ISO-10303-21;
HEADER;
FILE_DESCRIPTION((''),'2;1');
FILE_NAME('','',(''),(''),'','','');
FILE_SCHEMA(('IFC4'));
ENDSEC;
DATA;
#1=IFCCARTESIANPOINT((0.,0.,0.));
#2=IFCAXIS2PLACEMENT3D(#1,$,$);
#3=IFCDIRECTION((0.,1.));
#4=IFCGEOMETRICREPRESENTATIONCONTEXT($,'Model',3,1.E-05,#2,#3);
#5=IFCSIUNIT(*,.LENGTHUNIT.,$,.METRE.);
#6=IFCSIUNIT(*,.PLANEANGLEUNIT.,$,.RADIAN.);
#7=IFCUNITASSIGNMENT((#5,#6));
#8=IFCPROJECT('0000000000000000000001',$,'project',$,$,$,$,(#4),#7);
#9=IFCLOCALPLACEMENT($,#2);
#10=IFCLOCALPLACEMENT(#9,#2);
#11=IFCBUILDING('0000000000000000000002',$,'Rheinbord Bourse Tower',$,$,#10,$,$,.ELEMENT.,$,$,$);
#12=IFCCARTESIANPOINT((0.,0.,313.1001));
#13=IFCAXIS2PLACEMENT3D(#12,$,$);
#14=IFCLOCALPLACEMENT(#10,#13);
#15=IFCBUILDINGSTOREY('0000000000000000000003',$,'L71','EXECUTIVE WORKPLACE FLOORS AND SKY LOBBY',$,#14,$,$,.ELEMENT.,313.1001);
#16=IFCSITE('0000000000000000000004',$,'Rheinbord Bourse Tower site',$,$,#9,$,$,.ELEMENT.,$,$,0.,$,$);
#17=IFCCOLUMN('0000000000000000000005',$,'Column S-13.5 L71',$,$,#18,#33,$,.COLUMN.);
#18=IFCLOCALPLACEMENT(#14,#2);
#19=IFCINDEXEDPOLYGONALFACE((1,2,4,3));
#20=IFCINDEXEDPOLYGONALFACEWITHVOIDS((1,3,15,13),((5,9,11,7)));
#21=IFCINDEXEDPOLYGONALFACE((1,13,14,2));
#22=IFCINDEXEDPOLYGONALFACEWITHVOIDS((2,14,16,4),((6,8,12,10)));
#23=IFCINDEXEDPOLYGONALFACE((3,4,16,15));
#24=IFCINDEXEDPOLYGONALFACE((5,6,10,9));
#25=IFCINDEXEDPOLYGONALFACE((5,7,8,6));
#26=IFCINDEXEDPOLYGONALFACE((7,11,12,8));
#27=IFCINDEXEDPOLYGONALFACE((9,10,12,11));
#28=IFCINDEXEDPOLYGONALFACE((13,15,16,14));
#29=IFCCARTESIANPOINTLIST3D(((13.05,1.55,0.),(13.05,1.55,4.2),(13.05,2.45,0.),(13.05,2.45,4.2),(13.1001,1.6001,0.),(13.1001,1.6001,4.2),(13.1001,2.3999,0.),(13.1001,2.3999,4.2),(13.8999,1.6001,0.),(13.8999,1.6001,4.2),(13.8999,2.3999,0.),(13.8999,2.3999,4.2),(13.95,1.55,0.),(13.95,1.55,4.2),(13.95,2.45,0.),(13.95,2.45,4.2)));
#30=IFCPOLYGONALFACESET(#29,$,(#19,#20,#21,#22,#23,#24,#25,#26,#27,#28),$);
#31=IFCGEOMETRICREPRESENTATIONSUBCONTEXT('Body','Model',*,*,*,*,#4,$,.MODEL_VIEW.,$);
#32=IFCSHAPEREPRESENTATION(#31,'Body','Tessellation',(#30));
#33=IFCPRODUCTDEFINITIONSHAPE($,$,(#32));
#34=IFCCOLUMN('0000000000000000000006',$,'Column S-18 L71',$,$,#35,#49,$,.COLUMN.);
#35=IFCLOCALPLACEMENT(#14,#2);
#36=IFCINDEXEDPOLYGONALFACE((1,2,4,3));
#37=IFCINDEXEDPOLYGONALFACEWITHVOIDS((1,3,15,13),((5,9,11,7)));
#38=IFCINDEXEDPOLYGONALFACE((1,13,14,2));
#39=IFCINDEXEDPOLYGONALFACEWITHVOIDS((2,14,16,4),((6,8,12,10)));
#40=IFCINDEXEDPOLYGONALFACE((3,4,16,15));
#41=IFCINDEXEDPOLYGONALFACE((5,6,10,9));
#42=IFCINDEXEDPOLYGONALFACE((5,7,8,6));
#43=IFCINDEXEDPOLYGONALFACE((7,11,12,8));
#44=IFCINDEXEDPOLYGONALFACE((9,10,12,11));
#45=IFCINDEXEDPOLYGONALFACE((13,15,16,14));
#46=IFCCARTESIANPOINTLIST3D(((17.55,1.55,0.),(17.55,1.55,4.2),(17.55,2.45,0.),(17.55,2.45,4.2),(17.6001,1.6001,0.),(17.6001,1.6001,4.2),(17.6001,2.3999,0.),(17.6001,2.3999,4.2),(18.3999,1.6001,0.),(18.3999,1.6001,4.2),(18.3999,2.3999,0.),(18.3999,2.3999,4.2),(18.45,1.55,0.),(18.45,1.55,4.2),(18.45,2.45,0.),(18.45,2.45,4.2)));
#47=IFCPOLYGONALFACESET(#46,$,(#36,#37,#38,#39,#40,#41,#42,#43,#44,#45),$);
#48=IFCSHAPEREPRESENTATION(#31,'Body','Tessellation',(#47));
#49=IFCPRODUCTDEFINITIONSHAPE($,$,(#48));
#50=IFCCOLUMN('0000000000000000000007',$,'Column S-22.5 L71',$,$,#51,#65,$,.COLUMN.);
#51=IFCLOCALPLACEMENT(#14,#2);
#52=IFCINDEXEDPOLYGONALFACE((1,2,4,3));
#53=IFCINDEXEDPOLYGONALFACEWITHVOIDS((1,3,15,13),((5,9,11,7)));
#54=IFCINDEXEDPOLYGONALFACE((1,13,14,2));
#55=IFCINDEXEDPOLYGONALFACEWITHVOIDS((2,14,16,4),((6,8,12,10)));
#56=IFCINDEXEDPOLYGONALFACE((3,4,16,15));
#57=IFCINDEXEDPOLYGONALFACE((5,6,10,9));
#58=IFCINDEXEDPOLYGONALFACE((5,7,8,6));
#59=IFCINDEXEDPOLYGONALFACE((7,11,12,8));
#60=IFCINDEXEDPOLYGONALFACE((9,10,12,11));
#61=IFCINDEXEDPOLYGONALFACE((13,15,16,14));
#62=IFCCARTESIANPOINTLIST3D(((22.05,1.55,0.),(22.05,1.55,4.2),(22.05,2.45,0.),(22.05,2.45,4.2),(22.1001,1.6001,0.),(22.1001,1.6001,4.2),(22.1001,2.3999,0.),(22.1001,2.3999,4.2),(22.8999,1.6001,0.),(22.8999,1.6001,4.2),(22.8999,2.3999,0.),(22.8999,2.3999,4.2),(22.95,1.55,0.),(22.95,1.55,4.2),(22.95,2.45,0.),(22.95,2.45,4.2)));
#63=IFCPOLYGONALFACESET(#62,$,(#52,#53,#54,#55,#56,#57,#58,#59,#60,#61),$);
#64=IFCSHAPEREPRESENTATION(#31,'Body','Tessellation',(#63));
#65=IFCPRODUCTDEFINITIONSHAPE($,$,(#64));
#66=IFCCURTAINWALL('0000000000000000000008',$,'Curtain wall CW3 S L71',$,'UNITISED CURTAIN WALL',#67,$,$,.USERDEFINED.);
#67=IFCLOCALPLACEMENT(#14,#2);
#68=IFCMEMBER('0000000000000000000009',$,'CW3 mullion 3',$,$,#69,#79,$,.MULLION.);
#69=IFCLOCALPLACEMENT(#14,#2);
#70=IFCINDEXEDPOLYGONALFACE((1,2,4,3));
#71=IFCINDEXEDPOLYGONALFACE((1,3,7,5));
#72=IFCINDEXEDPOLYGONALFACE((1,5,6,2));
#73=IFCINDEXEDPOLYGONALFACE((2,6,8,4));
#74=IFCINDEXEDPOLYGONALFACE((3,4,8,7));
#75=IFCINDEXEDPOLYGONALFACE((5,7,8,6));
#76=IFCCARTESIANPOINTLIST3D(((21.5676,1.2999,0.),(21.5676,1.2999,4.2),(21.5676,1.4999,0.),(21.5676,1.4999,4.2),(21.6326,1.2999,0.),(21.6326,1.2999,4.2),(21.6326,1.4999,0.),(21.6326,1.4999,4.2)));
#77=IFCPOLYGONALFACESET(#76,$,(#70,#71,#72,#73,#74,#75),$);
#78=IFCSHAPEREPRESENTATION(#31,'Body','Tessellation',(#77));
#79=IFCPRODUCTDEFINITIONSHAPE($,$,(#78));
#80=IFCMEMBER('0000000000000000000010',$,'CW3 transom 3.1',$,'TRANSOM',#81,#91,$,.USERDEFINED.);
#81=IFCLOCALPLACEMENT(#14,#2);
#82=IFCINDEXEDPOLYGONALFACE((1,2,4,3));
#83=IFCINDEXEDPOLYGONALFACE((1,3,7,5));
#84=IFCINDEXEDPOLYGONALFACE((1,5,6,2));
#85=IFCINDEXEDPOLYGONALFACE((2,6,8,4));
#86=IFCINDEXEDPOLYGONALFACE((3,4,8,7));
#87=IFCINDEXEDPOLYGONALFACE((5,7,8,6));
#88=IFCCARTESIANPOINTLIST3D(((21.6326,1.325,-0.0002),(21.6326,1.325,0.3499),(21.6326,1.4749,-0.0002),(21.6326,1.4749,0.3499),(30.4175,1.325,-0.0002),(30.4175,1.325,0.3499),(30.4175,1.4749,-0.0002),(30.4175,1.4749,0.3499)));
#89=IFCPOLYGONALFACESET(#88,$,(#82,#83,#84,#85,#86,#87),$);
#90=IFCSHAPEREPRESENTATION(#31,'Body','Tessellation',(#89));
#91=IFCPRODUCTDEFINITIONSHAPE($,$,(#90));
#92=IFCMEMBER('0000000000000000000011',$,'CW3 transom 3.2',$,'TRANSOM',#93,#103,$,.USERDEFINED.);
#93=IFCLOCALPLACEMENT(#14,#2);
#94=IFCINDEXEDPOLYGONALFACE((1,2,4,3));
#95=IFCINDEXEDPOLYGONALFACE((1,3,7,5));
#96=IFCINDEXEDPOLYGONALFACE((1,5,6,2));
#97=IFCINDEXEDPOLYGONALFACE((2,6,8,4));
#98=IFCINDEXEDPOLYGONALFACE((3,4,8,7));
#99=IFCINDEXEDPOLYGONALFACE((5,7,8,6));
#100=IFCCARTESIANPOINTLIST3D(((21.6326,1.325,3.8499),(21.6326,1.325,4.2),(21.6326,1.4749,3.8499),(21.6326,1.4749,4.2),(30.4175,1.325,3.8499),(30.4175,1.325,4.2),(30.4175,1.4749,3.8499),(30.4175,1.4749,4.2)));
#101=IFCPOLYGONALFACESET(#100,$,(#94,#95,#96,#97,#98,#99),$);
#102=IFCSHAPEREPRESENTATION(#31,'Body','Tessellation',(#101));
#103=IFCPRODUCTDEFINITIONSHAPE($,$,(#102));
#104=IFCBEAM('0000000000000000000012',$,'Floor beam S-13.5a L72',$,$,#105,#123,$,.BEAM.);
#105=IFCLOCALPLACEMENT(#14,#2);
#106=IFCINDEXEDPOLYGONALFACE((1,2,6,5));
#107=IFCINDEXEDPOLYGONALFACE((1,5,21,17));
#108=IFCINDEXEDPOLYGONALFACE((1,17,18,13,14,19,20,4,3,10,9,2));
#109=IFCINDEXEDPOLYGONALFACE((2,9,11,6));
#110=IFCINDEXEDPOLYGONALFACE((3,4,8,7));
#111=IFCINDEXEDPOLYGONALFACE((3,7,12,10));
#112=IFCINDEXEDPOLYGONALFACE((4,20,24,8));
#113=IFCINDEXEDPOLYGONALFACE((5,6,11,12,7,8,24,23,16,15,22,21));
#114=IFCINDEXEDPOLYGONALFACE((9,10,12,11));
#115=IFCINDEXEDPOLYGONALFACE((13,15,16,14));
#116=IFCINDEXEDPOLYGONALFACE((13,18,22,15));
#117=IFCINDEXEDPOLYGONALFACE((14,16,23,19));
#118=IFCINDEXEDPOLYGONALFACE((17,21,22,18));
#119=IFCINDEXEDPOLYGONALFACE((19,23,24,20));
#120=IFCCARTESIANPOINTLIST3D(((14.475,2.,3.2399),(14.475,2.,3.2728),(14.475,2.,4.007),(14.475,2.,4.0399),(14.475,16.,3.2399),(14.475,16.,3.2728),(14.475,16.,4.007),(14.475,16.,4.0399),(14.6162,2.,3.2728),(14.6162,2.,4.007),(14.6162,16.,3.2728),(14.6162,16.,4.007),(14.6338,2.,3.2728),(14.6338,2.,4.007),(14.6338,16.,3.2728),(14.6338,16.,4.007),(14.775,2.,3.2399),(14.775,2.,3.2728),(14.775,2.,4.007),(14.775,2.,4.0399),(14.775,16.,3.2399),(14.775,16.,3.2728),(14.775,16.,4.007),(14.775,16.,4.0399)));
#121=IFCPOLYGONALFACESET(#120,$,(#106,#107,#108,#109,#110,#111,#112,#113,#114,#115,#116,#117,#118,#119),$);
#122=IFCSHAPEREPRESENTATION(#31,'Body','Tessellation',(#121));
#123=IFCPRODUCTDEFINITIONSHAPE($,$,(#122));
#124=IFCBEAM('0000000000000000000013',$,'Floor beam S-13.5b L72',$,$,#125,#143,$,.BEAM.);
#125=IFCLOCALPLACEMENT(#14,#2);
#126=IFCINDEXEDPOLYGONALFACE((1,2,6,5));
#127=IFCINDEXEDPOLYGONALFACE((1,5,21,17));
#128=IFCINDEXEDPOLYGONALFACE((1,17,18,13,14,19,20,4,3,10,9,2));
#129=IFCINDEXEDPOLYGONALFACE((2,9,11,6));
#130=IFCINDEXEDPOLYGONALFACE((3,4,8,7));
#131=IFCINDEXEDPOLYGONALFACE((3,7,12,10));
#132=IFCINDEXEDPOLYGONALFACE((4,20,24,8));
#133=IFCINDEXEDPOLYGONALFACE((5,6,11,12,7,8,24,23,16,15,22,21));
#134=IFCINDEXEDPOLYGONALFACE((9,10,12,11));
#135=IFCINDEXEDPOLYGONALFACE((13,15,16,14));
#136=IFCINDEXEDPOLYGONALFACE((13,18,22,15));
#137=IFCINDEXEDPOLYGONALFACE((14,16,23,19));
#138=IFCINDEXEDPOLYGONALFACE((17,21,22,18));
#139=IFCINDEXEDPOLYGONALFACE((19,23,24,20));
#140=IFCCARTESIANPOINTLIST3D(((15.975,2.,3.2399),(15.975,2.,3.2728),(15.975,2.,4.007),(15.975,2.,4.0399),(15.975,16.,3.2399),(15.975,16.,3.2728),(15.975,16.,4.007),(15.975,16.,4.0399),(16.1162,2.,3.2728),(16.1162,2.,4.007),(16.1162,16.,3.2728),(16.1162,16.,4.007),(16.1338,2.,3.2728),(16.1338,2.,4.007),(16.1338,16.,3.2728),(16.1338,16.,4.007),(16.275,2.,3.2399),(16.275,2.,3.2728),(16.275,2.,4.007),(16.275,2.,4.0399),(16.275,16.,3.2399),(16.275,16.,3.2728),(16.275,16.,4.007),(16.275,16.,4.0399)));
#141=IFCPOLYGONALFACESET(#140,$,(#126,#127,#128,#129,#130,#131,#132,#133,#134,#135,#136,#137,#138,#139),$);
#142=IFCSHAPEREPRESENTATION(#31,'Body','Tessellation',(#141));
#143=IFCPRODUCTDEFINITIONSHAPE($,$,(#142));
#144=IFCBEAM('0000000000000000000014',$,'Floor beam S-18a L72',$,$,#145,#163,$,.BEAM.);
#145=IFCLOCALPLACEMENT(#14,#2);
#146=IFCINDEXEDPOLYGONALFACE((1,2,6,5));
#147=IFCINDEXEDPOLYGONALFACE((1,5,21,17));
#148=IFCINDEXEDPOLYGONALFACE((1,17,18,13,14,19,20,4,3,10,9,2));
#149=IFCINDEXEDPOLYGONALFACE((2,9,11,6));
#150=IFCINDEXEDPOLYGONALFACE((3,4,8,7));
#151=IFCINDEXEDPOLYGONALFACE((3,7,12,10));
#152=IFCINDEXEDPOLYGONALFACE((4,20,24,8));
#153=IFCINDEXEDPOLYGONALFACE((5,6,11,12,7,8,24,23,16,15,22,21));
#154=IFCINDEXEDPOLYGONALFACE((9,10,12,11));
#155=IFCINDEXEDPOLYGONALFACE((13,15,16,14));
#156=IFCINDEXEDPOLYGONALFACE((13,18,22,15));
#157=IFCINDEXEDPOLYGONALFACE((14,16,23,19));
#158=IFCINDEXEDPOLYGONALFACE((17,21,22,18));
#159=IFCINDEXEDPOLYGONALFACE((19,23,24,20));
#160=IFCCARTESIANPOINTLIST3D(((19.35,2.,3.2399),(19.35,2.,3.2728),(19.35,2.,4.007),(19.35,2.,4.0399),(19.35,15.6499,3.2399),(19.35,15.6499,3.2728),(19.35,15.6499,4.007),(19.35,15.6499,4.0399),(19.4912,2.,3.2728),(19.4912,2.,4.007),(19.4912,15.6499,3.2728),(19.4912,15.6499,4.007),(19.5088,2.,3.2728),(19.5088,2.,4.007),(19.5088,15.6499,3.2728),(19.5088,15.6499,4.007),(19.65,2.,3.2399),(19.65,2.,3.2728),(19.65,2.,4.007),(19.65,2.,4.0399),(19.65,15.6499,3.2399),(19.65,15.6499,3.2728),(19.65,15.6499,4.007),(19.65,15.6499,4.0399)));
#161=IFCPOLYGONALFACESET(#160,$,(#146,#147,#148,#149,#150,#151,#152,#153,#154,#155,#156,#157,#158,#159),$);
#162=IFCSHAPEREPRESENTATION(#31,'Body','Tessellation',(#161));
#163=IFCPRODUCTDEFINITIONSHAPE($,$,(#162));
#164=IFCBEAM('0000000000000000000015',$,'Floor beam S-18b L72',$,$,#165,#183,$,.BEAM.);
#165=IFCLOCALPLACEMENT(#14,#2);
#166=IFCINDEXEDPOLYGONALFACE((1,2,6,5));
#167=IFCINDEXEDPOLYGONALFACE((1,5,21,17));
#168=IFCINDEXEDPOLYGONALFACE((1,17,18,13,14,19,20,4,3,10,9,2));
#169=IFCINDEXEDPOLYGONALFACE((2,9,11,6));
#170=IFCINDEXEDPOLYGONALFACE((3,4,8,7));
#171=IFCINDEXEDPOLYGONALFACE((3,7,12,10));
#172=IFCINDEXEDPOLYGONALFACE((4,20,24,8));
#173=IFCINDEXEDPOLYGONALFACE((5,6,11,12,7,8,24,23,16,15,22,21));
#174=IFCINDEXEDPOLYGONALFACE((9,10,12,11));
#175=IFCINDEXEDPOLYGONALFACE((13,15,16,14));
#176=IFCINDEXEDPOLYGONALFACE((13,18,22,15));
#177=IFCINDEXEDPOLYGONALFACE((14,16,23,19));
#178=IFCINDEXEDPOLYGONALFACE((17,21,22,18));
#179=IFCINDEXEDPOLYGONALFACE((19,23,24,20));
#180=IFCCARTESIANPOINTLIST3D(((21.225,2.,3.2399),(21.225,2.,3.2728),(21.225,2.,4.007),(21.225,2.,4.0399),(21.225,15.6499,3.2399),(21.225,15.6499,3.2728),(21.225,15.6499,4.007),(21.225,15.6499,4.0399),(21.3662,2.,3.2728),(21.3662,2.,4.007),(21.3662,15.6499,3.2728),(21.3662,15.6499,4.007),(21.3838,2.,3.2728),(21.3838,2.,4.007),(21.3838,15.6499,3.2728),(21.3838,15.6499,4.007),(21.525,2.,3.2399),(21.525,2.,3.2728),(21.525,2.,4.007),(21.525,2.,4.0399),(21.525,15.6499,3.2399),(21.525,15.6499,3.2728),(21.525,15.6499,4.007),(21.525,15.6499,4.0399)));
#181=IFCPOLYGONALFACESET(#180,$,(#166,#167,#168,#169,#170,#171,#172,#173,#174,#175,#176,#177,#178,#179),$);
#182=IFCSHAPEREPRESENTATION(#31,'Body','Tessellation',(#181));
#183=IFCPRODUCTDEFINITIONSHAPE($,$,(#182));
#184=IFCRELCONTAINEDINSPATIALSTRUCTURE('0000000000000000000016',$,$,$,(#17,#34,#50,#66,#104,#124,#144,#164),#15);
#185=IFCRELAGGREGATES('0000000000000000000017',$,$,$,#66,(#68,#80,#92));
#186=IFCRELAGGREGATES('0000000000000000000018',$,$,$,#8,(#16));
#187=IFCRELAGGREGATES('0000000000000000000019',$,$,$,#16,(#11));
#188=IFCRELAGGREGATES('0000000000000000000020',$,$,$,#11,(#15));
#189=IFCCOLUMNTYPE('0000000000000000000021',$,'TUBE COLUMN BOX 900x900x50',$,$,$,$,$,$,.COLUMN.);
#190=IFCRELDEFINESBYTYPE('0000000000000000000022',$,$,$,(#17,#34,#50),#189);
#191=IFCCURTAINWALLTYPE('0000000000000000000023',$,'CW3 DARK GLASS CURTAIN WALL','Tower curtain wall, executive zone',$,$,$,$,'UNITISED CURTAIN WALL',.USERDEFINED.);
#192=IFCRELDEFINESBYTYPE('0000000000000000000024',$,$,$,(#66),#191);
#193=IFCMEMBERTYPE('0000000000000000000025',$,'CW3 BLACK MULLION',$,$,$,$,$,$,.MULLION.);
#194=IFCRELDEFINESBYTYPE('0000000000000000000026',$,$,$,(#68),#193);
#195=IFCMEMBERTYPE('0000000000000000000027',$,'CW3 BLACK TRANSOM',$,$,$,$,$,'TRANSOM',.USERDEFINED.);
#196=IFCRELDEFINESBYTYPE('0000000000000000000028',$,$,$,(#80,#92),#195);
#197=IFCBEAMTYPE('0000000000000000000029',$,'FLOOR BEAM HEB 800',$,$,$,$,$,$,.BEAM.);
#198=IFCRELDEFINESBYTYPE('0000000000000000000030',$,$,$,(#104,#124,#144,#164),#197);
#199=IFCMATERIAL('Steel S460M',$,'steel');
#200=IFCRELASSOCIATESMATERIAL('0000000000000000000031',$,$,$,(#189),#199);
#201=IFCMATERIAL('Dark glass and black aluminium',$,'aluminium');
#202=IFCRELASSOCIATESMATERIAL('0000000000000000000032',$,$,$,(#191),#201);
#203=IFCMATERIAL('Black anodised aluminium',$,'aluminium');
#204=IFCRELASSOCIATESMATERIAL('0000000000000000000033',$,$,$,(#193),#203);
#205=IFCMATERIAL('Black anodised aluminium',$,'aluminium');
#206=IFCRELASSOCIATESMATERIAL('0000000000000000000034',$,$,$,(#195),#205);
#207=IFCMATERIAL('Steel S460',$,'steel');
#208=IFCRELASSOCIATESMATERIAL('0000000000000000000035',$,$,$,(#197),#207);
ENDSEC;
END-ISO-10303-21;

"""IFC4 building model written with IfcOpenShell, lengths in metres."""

from ifc_helpers import new_model, si_unit, direction, frame, origin, origin_2d, place, context, subcontext, project, spatial, rectangle, hollow_rectangle, i_section, extrude, material, material_profile, profile_set, type_object, element, aggregate, save


model = new_model("IFC4")

# Units and contexts
model_context = context("Model", 3, precision=1e-05, world=origin(), true_north=direction((0.0, 1.0)))
body_context = subcontext(model_context, "Body", "Model", "MODEL_VIEW")
ifc_project = project(units=[si_unit("LENGTHUNIT", "METRE"), si_unit("PLANEANGLEUNIT", "RADIAN")], contexts=[model_context])

# Site, building, storey
site_placement = place(None, origin())
site = spatial("IfcSite", under=ifc_project, at=site_placement, Name="Rheinbord Bourse Tower site", CompositionType="ELEMENT", RefElevation=0.0)
building_placement = place(site_placement, origin())
building = spatial("IfcBuilding", under=site, at=building_placement, Name="Rheinbord Bourse Tower", CompositionType="ELEMENT")
storey_placement = place(building_placement, frame((0.0, 0.0, 313.1001)))
storey = spatial("IfcBuildingStorey", under=building, at=storey_placement, Name="L71", Description="EXECUTIVE WORKPLACE FLOORS AND SKY LOBBY", CompositionType="ELEMENT", Elevation=313.1001)

# Columns
ifc_material_1 = material(Name="Steel S460M", Category="steel")
ifc_material_profile_1 = material_profile(ifc_material_1, hollow_rectangle(XDim=0.8999, YDim=0.8999, WallThickness=0.05, at=origin_2d()), Name="BOX 900x900x50")
ifc_profile_set_1 = profile_set([ifc_material_profile_1], Name="Steel S460M")
column_type = type_object("IfcColumnType", Name="TUBE COLUMN BOX 900x900x50", PredefinedType="COLUMN", material=ifc_profile_set_1)
for number, where, z_axis, x_axis, name in (
    (1, (13.5, 2.0, 0.0), (0.0, 0.0, 1.0), (0.0, 1.0, 0.0), "Column S-13.5 L71"),
    (2, (18.0, 2.0, 0.0), (0.0, 0.0, 1.0), (0.0, 1.0, 0.0), "Column S-18 L71"),
    (3, (22.5, 2.0, 0.0), (0.0, 0.0, 1.0), (0.0, 1.0, 0.0), "Column S-22.5 L71"),
):
    element("IfcColumn", number, at=place(storey_placement, frame(where, z_axis=z_axis, x_axis=x_axis)), inside=storey, type_object=column_type, Name=name, PredefinedType="COLUMN", context=body_context, shape_type="SweptSolid", body=[
        extrude(hollow_rectangle(XDim=0.8999, YDim=0.8999, WallThickness=0.05, at=origin_2d()), origin(), (0.0, 0.0, 1.0), 4.2),
    ])

# Curtain wall, members
ifc_material_2 = material(Name="Dark glass and black aluminium", Category="aluminium")
curtain_wall_type = type_object("IfcCurtainWallType", Name="CW3 DARK GLASS CURTAIN WALL", Description="Tower curtain wall, executive zone", ElementType="UNITISED CURTAIN WALL", PredefinedType="USERDEFINED", material=ifc_material_2)
curtain_wall_placement = place(storey_placement, origin())
curtain_wall = element("IfcCurtainWall", 4, at=curtain_wall_placement, inside=storey, type_object=curtain_wall_type, Name="Curtain wall CW3 S L71", ObjectType="UNITISED CURTAIN WALL", PredefinedType="USERDEFINED")
ifc_material_3 = material(Name="Black anodised aluminium", Category="aluminium")
ifc_material_profile_2 = material_profile(ifc_material_3, rectangle(XDim=0.2, YDim=0.0649, at=origin_2d()), Name="CW3 MULLION 65x200")
ifc_profile_set_2 = profile_set([ifc_material_profile_2], Name="Black anodised aluminium")
member_type_1 = type_object("IfcMemberType", Name="CW3 BLACK MULLION", PredefinedType="MULLION", material=ifc_profile_set_2)
member_1_placement = place(storey_placement, frame((21.6001, 1.3999, 0.0), z_axis=(0.0, 0.0, 1.0), x_axis=(0.0, 1.0, 0.0)))
member_1 = element("IfcMember", 5, at=member_1_placement, type_object=member_type_1, Name="CW3 mullion 3", PredefinedType="MULLION", context=body_context, shape_type="SweptSolid", body=[
    extrude(rectangle(XDim=0.2, YDim=0.0649, at=origin_2d()), origin(), (0.0, 0.0, 1.0), 4.2),
])
ifc_material_4 = material(Name="Black anodised aluminium", Category="aluminium")
ifc_material_profile_3 = material_profile(ifc_material_4, rectangle(XDim=0.1499, YDim=0.3501, at=origin_2d()), Name="CW3 TRANSOM 350x150")
ifc_profile_set_3 = profile_set([ifc_material_profile_3], Name="Black anodised aluminium")
member_type_2 = type_object("IfcMemberType", Name="CW3 BLACK TRANSOM", ElementType="TRANSOM", PredefinedType="USERDEFINED", material=ifc_profile_set_3)
member_2_placement = place(storey_placement, frame((21.6326, 1.3999, 0.1748), z_axis=(1.0, 0.0, 0.0), x_axis=(0.0, 1.0, 0.0)))
member_2 = element("IfcMember", 6, at=member_2_placement, type_object=member_type_2, Name="CW3 transom 3.1", ObjectType="TRANSOM", PredefinedType="USERDEFINED", context=body_context, shape_type="SweptSolid", body=[
    extrude(rectangle(XDim=0.1499, YDim=0.3501, at=origin_2d()), origin(), (0.0, 0.0, 1.0), 8.7849),
])
member_3_placement = place(storey_placement, frame((21.6326, 1.3999, 4.0249), z_axis=(1.0, 0.0, 0.0), x_axis=(0.0, 1.0, 0.0)))
member_3 = element("IfcMember", 7, at=member_3_placement, type_object=member_type_2, Name="CW3 transom 3.2", ObjectType="TRANSOM", PredefinedType="USERDEFINED", context=body_context, shape_type="SweptSolid", body=[
    extrude(rectangle(XDim=0.1499, YDim=0.3501, at=origin_2d()), origin(), (0.0, 0.0, 1.0), 8.7849),
])

# Beams
ifc_material_5 = material(Name="Steel S460", Category="steel")
ifc_material_profile_4 = material_profile(ifc_material_5, i_section(OverallWidth=0.3, OverallDepth=0.8, WebThickness=0.0176, FlangeThickness=0.033, at=origin_2d()), Name="HEB 800")
ifc_profile_set_4 = profile_set([ifc_material_profile_4], Name="Steel S460")
beam_type_1 = type_object("IfcBeamType", Name="FLOOR BEAM HEB 800", PredefinedType="BEAM", material=ifc_profile_set_4)
for number, where, z_axis, x_axis, name in (
    (8, (14.625, 2.0, 3.6399), (0.0, 1.0, 0.0), (-1.0, 0.0, 0.0), "Floor beam S-13.5a L72"),
    (9, (16.125, 2.0, 3.6399), (0.0, 1.0, 0.0), (-1.0, 0.0, 0.0), "Floor beam S-13.5b L72"),
):
    element("IfcBeam", number, at=place(storey_placement, frame(where, z_axis=z_axis, x_axis=x_axis)), inside=storey, type_object=beam_type_1, Name=name, PredefinedType="BEAM", context=body_context, shape_type="SweptSolid", body=[
        extrude(i_section(OverallWidth=0.3, OverallDepth=0.8, WebThickness=0.0176, FlangeThickness=0.033, at=origin_2d()), origin(), (0.0, 0.0, 1.0), 14.0),
    ])
for number, where, z_axis, x_axis, name in (
    (10, (19.5, 2.0, 3.6399), (0.0, 1.0, 0.0), (-1.0, 0.0, 0.0), "Floor beam S-18a L72"),
    (11, (21.375, 2.0, 3.6399), (0.0, 1.0, 0.0), (-1.0, 0.0, 0.0), "Floor beam S-18b L72"),
):
    element("IfcBeam", number, at=place(storey_placement, frame(where, z_axis=z_axis, x_axis=x_axis)), inside=storey, type_object=beam_type_1, Name=name, PredefinedType="BEAM", context=body_context, shape_type="SweptSolid", body=[
        extrude(i_section(OverallWidth=0.3, OverallDepth=0.8, WebThickness=0.0176, FlangeThickness=0.033, at=origin_2d()), origin(), (0.0, 0.0, 1.0), 13.6499),
    ])

aggregate(curtain_wall, [member_1, member_2, member_3])

save(model, "model.ifc")
